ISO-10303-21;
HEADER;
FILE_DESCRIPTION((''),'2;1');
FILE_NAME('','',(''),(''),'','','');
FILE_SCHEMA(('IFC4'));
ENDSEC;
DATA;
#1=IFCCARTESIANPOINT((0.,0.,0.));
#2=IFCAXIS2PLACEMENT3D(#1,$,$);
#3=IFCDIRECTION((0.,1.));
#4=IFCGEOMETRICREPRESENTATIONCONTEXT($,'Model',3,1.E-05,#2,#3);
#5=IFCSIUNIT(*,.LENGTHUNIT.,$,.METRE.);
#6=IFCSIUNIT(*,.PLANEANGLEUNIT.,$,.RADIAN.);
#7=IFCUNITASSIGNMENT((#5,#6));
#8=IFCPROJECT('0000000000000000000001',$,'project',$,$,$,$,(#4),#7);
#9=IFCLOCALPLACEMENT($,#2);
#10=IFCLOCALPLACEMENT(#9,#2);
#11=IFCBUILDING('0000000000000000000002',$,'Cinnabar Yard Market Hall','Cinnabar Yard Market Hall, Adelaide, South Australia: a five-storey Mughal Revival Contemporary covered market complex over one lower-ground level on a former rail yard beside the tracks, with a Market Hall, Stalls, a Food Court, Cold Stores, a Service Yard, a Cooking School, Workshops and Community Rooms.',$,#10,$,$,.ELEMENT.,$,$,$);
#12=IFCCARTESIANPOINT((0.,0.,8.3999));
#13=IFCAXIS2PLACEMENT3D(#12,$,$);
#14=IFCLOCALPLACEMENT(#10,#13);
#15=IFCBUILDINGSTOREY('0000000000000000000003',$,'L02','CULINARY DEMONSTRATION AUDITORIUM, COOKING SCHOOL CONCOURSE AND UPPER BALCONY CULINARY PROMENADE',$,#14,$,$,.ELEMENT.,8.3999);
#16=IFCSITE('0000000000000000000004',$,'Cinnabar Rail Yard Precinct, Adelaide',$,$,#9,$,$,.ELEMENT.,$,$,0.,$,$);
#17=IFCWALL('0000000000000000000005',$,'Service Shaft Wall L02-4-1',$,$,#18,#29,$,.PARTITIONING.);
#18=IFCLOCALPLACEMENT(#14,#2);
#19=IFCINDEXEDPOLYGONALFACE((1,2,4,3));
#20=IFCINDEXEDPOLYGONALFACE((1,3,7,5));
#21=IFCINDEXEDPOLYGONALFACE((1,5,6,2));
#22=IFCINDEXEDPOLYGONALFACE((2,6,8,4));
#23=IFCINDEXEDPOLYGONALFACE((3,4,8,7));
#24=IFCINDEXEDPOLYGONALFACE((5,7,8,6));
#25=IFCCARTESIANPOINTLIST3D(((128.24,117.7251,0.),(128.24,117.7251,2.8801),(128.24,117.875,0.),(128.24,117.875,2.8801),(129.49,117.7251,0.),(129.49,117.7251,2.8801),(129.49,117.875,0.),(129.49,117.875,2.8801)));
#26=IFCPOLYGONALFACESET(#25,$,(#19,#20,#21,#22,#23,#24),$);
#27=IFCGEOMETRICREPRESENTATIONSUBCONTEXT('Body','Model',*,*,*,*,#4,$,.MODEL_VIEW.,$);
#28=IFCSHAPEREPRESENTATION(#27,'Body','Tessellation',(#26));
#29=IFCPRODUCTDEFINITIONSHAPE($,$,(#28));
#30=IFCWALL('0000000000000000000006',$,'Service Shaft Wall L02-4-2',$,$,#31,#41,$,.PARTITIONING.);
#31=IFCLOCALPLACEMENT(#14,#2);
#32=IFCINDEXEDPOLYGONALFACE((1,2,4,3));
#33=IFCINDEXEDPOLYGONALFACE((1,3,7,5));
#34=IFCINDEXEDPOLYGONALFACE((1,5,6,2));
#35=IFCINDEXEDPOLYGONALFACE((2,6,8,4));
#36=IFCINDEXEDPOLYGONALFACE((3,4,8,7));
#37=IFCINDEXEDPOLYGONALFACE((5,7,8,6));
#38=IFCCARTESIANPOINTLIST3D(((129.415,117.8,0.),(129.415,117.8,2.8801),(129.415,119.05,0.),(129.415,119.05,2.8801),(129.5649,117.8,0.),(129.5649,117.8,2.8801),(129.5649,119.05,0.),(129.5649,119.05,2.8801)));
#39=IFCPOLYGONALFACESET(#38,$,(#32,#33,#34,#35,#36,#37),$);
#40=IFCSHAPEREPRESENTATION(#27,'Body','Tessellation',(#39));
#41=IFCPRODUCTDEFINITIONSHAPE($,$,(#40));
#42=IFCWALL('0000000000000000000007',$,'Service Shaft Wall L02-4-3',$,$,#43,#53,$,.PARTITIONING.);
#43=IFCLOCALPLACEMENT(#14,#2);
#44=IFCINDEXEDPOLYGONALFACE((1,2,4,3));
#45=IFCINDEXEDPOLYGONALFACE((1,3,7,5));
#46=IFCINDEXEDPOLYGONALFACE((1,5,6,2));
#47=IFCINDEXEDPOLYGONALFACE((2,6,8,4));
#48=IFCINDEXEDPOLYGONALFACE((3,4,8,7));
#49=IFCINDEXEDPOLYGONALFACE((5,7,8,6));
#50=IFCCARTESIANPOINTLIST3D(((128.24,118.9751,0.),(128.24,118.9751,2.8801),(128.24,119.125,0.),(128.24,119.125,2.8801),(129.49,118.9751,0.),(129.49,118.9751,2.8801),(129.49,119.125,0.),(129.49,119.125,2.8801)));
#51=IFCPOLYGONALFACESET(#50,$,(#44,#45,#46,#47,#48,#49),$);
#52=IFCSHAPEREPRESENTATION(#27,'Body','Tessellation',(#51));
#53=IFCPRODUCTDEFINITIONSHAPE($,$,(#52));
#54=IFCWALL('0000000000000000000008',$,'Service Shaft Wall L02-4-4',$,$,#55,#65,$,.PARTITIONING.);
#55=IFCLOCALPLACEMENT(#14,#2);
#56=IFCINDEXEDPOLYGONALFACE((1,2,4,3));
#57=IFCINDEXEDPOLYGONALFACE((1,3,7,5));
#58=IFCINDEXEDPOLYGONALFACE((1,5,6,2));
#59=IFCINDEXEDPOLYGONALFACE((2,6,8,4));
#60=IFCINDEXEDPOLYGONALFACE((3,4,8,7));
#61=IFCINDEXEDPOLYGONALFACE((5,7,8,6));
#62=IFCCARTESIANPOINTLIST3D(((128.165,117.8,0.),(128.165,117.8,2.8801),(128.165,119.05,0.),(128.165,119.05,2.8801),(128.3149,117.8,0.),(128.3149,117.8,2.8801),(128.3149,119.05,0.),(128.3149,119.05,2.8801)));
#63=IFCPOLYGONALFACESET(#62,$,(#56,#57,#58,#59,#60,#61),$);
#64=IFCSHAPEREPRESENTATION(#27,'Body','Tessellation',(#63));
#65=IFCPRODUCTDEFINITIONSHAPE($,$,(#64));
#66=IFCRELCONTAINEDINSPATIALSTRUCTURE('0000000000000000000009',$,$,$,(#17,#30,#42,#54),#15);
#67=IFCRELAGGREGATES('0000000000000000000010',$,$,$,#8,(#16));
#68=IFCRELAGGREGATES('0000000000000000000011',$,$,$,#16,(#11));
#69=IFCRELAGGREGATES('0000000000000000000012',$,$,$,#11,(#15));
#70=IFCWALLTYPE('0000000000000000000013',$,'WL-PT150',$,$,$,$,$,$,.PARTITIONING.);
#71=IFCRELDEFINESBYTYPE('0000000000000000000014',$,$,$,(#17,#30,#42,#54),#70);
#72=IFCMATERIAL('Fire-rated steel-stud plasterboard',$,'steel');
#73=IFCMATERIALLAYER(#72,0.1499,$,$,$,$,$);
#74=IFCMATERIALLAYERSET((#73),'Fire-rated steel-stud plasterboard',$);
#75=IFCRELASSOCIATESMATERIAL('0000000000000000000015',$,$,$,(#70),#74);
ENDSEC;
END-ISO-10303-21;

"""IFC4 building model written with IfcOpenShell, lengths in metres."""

from ifc_helpers import new_model, si_unit, direction, frame, frame_2d, origin, place, context, subcontext, project, spatial, rectangle, extrude, material, layer, layer_set, type_object, element, save


model = new_model("IFC4")

# Units and contexts
model_context = context("Model", 3, precision=1e-05, world=origin(), true_north=direction((0.0, 1.0)))
body_context = subcontext(model_context, "Body", "Model", "MODEL_VIEW")
ifc_project = project(units=[si_unit("LENGTHUNIT", "METRE"), si_unit("PLANEANGLEUNIT", "RADIAN")], contexts=[model_context])

# Site, building, storey
site_placement = place(None, origin())
site = spatial("IfcSite", under=ifc_project, at=site_placement, Name="Cinnabar Rail Yard Precinct, Adelaide", CompositionType="ELEMENT", RefElevation=0.0)
building_placement = place(site_placement, origin())
building = spatial("IfcBuilding", under=site, at=building_placement, Name="Cinnabar Yard Market Hall", Description="Cinnabar Yard Market Hall, Adelaide, South Australia: a five-storey Mughal Revival Contemporary covered market complex over one lower-ground level on a former rail yard beside the tracks, with a Market Hall, Stalls, a Food Court, Cold Stores, a Service Yard, a Cooking School, Workshops and Community Rooms.", CompositionType="ELEMENT")
storey_placement = place(building_placement, frame((0.0, 0.0, 8.3999)))
storey = spatial("IfcBuildingStorey", under=building, at=storey_placement, Name="L02", Description="CULINARY DEMONSTRATION AUDITORIUM, COOKING SCHOOL CONCOURSE AND UPPER BALCONY CULINARY PROMENADE", CompositionType="ELEMENT", Elevation=8.3999)

# Walls
ifc_material_1 = material(Name="Fire-rated steel-stud plasterboard", Category="steel")
ifc_layer_1 = layer(ifc_material_1, 0.1499)
ifc_layer_set_1 = layer_set([ifc_layer_1], Name="Fire-rated steel-stud plasterboard")
wall_type_1 = type_object("IfcWallType", Name="WL-PT150", PredefinedType="PARTITIONING", material=ifc_layer_set_1)
for number, where, z_axis, x_axis, name in (
    (1, (128.24, 117.8, 0.0), (0.0, 0.0, 1.0), (1.0, 0.0, 0.0), "Service Shaft Wall L02-4-1"),
    (2, (129.49, 117.8, 0.0), (0.0, 0.0, 1.0), (0.0, 1.0, 0.0), "Service Shaft Wall L02-4-2"),
    (3, (129.49, 119.05, 0.0), (0.0, 0.0, 1.0), (-1.0, 0.0, 0.0), "Service Shaft Wall L02-4-3"),
    (4, (128.24, 119.05, 0.0), (0.0, 0.0, 1.0), (0.0, -1.0, 0.0), "Service Shaft Wall L02-4-4"),
):
    element("IfcWall", number, at=place(storey_placement, frame(where, z_axis=z_axis, x_axis=x_axis)), inside=storey, type_object=wall_type_1, Name=name, PredefinedType="PARTITIONING", context=body_context, shape_type="SweptSolid", body=[
        extrude(rectangle(XDim=1.25, YDim=0.1499, at=frame_2d((0.625, 0.0), x_axis=(1.0, 0.0))), origin(), (0.0, 0.0, 1.0), 2.8801),
    ])

save(model, "model.ifc")
